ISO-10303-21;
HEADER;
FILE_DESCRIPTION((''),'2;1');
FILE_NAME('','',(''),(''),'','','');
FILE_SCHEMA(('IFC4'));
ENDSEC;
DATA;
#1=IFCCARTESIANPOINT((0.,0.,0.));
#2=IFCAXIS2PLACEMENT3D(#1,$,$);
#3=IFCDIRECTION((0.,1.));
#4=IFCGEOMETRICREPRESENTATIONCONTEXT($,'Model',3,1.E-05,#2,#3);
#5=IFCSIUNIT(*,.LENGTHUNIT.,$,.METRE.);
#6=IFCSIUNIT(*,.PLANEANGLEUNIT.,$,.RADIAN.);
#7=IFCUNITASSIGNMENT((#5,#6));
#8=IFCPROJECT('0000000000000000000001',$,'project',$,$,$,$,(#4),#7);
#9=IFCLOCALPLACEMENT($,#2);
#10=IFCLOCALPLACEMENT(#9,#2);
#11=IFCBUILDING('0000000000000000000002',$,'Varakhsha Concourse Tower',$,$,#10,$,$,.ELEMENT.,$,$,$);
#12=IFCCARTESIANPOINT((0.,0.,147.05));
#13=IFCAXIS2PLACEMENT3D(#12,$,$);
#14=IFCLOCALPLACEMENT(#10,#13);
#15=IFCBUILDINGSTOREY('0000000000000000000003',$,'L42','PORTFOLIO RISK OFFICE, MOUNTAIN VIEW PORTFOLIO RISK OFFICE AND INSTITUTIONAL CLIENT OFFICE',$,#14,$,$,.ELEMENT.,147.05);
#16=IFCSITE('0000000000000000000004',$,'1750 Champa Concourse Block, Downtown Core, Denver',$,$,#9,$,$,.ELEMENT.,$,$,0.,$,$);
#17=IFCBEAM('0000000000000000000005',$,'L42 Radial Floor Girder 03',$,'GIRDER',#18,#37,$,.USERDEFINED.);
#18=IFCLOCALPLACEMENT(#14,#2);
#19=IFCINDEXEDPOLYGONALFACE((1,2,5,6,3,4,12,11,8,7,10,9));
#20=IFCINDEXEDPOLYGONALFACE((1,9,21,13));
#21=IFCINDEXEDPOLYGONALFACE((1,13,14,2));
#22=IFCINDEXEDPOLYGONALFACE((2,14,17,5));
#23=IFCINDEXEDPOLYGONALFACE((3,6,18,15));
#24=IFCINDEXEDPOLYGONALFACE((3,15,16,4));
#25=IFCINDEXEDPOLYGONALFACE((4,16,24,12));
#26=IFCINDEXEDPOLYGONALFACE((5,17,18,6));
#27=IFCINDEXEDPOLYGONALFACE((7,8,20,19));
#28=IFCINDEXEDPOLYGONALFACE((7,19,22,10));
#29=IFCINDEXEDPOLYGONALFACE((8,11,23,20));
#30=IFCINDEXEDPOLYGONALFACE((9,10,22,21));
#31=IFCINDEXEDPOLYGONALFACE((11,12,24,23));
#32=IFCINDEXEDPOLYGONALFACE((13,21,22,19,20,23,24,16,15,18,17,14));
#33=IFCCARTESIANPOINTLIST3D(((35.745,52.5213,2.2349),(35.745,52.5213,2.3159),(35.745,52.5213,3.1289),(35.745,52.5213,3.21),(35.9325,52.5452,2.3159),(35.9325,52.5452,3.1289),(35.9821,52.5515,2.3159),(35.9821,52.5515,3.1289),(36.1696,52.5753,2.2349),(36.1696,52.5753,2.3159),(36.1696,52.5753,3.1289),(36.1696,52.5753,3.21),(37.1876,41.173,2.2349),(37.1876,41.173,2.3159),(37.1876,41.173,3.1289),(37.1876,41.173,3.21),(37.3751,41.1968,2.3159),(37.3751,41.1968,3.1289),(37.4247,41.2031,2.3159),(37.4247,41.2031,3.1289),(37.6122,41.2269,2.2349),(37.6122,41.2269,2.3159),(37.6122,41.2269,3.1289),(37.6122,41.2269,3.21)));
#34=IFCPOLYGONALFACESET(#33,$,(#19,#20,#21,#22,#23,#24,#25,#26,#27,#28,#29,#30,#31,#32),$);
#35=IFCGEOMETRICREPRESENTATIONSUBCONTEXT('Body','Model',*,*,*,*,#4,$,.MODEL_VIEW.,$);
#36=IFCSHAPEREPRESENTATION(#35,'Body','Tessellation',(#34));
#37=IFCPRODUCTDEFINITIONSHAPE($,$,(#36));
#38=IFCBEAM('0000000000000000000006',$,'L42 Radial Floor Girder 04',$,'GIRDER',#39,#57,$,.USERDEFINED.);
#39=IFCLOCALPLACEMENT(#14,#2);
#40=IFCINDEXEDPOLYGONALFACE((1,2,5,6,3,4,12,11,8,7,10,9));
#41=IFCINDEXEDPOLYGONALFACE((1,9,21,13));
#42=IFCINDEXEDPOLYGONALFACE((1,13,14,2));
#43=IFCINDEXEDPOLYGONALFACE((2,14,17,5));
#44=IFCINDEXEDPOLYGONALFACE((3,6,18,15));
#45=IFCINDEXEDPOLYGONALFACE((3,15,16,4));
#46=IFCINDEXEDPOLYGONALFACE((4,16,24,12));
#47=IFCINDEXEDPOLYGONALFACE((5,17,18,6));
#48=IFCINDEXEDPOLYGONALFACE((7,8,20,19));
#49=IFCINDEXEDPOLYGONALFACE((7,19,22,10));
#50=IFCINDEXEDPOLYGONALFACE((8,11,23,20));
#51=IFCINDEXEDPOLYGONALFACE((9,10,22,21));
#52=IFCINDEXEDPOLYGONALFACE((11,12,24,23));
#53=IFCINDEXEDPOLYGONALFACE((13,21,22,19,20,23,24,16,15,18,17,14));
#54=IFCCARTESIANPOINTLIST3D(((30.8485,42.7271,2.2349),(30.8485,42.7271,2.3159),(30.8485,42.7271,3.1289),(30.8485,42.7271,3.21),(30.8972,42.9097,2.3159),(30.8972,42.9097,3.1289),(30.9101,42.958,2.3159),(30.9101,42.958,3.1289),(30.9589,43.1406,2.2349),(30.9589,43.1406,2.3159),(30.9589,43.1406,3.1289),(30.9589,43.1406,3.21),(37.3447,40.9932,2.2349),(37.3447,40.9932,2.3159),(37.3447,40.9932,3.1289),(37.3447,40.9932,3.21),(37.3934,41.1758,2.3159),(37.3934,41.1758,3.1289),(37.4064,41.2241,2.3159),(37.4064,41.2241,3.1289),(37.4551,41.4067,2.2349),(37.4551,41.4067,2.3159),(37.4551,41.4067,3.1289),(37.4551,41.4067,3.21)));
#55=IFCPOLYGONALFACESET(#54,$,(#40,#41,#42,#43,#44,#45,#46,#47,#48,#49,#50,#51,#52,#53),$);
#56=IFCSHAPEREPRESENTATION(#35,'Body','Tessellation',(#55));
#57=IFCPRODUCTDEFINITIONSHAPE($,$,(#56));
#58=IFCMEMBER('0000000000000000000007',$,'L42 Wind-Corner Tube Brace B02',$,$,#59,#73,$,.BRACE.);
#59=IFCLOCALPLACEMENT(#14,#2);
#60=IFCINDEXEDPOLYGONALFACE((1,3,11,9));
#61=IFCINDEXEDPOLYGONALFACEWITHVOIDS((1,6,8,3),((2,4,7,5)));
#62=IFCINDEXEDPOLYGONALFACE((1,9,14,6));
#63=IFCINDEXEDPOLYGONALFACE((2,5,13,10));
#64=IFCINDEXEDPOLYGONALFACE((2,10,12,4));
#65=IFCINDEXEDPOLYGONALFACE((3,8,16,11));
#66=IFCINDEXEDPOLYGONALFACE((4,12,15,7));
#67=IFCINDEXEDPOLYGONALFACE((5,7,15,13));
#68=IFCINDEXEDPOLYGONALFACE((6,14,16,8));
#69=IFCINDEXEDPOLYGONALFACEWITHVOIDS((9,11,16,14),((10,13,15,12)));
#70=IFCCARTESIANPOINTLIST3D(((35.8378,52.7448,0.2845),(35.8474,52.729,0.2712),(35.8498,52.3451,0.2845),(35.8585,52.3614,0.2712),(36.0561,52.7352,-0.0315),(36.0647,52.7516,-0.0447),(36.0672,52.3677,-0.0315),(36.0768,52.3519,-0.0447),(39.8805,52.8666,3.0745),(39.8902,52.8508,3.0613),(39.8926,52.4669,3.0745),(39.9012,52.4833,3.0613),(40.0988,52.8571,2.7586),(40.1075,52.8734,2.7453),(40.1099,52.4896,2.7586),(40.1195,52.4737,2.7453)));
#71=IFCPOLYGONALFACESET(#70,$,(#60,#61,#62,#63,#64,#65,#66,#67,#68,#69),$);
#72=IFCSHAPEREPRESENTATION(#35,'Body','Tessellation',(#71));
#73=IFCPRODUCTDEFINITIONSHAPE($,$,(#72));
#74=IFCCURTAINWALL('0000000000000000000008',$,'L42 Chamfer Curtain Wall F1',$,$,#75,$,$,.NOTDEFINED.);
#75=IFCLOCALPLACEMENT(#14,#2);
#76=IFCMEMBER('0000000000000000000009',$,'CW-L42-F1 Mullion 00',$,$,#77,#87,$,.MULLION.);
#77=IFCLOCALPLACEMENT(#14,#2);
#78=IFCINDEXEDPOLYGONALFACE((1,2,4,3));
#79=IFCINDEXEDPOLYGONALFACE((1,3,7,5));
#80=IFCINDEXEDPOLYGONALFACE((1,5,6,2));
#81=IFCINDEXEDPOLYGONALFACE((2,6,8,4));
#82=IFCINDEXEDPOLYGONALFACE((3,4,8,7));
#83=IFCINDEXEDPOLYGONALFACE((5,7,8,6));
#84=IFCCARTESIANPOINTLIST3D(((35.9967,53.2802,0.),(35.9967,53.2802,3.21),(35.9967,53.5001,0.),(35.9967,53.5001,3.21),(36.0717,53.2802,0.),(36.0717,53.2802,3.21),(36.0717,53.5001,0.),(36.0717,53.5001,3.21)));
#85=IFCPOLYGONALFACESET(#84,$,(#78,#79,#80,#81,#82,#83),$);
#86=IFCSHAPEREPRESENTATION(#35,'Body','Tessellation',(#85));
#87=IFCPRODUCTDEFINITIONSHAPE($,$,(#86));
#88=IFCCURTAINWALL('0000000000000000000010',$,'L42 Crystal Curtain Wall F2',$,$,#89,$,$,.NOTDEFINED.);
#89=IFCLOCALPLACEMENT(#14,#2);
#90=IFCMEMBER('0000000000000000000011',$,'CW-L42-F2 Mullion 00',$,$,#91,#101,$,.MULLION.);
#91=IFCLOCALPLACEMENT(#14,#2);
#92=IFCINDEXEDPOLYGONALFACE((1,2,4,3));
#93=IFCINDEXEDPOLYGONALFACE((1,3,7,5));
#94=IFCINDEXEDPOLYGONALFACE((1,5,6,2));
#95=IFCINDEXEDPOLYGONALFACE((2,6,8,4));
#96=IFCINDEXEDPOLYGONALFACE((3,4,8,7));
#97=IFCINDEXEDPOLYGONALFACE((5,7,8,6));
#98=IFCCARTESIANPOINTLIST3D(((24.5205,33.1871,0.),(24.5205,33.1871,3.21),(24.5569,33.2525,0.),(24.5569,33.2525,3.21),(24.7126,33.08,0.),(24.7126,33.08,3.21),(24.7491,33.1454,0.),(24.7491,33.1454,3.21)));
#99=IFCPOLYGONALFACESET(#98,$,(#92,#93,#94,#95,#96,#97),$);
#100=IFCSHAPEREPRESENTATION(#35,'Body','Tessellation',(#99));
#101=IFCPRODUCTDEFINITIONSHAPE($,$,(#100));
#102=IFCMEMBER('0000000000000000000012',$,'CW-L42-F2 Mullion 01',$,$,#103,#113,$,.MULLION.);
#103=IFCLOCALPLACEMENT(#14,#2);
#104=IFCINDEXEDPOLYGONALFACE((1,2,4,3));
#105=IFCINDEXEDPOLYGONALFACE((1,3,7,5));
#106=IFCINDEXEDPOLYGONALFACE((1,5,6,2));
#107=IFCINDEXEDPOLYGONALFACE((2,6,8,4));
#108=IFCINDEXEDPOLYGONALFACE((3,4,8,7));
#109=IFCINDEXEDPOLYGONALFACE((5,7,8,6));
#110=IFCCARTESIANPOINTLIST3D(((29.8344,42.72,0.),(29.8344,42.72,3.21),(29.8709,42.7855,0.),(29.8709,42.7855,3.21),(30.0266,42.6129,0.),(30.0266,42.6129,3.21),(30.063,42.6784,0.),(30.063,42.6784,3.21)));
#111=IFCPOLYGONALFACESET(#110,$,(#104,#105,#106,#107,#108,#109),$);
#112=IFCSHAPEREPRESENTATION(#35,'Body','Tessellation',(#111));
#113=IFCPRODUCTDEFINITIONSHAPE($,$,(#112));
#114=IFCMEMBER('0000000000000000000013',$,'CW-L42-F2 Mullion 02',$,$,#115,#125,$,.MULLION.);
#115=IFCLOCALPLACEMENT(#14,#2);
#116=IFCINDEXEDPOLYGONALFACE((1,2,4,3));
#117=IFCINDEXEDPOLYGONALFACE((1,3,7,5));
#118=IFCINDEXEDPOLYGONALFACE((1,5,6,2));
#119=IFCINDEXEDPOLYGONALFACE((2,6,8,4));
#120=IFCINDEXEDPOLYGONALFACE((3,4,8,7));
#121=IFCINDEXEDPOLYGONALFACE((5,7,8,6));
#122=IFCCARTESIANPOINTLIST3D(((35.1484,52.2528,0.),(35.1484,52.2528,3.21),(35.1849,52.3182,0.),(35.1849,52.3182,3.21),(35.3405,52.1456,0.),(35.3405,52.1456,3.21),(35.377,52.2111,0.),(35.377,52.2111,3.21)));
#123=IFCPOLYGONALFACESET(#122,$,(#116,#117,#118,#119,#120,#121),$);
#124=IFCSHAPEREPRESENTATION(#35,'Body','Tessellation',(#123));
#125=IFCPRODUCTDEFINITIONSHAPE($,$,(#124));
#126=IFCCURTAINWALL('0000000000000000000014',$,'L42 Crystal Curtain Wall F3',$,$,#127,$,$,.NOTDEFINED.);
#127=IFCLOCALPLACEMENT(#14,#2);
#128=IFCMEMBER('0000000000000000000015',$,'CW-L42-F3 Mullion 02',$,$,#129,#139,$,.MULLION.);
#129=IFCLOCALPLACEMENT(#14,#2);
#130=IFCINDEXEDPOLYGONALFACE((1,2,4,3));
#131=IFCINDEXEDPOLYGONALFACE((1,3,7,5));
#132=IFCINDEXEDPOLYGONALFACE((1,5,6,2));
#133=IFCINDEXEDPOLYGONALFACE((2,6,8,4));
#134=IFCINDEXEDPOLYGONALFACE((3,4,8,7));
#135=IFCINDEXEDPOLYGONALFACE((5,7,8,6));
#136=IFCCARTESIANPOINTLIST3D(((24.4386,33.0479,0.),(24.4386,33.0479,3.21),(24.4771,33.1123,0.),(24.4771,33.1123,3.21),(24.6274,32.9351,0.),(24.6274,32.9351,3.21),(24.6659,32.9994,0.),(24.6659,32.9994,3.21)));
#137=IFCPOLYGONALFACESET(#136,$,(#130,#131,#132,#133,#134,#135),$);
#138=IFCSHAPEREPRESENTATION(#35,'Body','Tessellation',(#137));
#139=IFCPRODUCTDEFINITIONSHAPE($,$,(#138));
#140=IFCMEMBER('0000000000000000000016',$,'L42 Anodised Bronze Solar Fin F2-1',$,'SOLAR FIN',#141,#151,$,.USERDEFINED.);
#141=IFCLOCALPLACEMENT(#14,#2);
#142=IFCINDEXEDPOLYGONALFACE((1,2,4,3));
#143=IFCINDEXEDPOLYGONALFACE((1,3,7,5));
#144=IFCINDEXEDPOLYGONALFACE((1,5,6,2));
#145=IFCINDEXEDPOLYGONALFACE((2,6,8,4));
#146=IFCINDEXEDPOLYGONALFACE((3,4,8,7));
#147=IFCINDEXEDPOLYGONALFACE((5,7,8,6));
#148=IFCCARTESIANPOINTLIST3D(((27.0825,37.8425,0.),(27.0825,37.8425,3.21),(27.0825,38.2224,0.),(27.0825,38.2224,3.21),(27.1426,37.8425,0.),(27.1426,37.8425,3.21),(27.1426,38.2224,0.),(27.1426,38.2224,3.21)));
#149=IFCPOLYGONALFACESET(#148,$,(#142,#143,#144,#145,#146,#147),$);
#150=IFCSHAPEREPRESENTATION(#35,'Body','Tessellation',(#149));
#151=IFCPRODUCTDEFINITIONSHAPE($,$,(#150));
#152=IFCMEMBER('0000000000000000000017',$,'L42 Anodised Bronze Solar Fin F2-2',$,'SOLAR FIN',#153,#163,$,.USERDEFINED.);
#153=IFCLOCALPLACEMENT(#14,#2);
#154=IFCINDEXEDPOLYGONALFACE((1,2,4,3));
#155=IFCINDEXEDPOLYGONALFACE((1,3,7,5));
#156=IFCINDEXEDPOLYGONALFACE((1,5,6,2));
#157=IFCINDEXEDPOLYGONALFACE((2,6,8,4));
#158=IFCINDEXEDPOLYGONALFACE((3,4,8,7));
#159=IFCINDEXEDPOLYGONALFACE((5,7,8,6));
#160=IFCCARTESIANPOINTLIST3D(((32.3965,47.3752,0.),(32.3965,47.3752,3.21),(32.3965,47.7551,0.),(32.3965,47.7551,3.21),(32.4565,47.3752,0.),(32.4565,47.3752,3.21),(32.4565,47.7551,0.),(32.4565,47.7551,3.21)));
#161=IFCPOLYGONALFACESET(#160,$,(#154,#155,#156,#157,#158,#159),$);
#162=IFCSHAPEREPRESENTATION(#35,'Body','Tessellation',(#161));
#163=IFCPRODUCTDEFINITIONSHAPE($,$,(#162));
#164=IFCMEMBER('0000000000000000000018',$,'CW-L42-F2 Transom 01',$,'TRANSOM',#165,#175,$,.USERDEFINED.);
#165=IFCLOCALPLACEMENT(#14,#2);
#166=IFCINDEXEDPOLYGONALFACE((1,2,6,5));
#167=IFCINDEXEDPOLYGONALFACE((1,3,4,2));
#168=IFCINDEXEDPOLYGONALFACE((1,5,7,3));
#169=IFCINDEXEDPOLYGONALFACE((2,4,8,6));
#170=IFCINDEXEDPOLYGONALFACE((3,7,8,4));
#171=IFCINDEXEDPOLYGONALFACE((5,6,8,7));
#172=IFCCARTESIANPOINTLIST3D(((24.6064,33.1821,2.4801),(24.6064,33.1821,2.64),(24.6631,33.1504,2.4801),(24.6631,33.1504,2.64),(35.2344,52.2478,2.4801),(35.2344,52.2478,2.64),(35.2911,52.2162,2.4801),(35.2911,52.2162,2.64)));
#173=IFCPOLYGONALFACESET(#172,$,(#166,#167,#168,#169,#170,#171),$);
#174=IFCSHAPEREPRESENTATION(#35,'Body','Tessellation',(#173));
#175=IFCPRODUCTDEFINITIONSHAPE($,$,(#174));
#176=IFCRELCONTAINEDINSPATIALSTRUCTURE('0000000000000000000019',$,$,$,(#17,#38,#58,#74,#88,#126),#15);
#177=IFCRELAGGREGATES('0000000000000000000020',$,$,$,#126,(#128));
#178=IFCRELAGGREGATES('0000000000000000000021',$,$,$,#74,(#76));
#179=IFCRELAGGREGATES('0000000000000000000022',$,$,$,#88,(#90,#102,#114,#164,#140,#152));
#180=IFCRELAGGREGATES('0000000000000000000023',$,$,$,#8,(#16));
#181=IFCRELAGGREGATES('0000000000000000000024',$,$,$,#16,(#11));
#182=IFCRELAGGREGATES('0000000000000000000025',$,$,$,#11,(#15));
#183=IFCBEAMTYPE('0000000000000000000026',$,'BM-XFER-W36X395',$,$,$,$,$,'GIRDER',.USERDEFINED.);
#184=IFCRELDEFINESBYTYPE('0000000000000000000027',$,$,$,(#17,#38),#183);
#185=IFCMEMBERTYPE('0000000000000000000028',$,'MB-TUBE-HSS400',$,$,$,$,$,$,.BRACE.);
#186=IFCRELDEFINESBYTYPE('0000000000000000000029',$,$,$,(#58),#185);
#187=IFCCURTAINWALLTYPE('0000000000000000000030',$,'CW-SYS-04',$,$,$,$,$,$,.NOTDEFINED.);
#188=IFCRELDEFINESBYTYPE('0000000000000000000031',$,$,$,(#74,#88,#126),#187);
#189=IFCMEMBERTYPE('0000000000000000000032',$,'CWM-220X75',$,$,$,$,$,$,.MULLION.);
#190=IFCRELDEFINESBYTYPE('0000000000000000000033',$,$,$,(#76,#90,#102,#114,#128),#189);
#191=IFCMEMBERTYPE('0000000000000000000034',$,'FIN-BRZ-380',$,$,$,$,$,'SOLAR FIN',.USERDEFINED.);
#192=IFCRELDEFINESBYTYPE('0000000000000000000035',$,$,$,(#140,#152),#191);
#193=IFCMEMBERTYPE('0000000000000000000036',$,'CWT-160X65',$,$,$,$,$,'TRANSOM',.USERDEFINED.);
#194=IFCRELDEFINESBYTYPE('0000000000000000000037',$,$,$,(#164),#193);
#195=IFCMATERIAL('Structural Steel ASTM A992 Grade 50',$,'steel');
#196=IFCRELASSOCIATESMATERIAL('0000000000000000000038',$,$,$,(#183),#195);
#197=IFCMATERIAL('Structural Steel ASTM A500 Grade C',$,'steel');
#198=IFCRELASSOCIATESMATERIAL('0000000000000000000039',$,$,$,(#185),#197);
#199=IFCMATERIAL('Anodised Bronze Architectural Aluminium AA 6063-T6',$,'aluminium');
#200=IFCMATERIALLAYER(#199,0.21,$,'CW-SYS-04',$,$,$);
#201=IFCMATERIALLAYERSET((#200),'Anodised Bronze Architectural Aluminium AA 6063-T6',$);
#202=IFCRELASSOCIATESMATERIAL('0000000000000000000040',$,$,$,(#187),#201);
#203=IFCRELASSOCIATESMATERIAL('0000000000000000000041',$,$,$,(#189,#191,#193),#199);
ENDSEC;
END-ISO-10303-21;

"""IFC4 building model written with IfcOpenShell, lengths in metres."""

from ifc_helpers import new_model, si_unit, direction, frame, origin, origin_2d, place, context, subcontext, project, spatial, rectangle, hollow_rectangle, i_section, extrude, source, transform, mapped, material, layer, layer_set, material_profile, profile_set, type_object, type_shapes, element, aggregate, save


model = new_model("IFC4")

# Units and contexts
model_context = context("Model", 3, precision=1e-05, world=origin(), true_north=direction((0.0, 1.0)))
body_context = subcontext(model_context, "Body", "Model", "MODEL_VIEW")
ifc_project = project(units=[si_unit("LENGTHUNIT", "METRE"), si_unit("PLANEANGLEUNIT", "RADIAN")], contexts=[model_context])

# Site, building, storey
site_placement = place(None, origin())
site = spatial("IfcSite", under=ifc_project, at=site_placement, Name="1750 Champa Concourse Block, Downtown Core, Denver", CompositionType="ELEMENT", RefElevation=0.0)
building_placement = place(site_placement, origin())
building = spatial("IfcBuilding", under=site, at=building_placement, Name="Varakhsha Concourse Tower", CompositionType="ELEMENT")
storey_placement = place(building_placement, frame((0.0, 0.0, 147.05)))
storey = spatial("IfcBuildingStorey", under=building, at=storey_placement, Name="L42", Description="PORTFOLIO RISK OFFICE, MOUNTAIN VIEW PORTFOLIO RISK OFFICE AND INSTITUTIONAL CLIENT OFFICE", CompositionType="ELEMENT", Elevation=147.05)

# Shared definitions
ifc_material_1 = material(Name="Structural Steel ASTM A992 Grade 50", Category="steel")

# Beams
ifc_material_profile_1 = material_profile(ifc_material_1, i_section(OverallWidth=0.428, OverallDepth=0.9751, WebThickness=0.05, FlangeThickness=0.0811, at=origin_2d()), Name="W36X395")
ifc_profile_set_1 = profile_set([ifc_material_profile_1], Name="Structural Steel ASTM A992 Grade 50")
beam_type_1 = type_object("IfcBeamType", Name="BM-XFER-W36X395", ElementType="GIRDER", PredefinedType="USERDEFINED", material=ifc_profile_set_1)
beam_1_placement = place(storey_placement, frame((37.3999, 41.2, 2.7224), z_axis=(-0.126107, 0.992017, 0.0), x_axis=(-0.992017, -0.126107, 0.0)))
element("IfcBeam", 1, at=beam_1_placement, inside=storey, type_object=beam_type_1, Name="L42 Radial Floor Girder 03", ObjectType="GIRDER", PredefinedType="USERDEFINED", context=body_context, shape_type="SweptSolid", body=[
    extrude(i_section(OverallWidth=0.428, OverallDepth=0.9751, WebThickness=0.05, FlangeThickness=0.0811, at=origin_2d()), origin(), (0.0, 0.0, 1.0), 11.4397),
])
beam_2_placement = place(storey_placement, frame((37.3999, 41.2, 2.7224), z_axis=(-0.966176, 0.257884, 0.0), x_axis=(-0.257884, -0.966176, 0.0)))
element("IfcBeam", 2, at=beam_2_placement, inside=storey, type_object=beam_type_1, Name="L42 Radial Floor Girder 04", ObjectType="GIRDER", PredefinedType="USERDEFINED", context=body_context, shape_type="SweptSolid", body=[
    extrude(i_section(OverallWidth=0.428, OverallDepth=0.9751, WebThickness=0.05, FlangeThickness=0.0811, at=origin_2d()), origin(), (0.0, 0.0, 1.0), 6.7236),
])

# Member
ifc_material_2 = material(Name="Structural Steel ASTM A500 Grade C", Category="steel")
ifc_material_profile_2 = material_profile(ifc_material_2, hollow_rectangle(XDim=0.3999, YDim=0.3999, WallThickness=0.0161, at=origin_2d()), Name="HSS 400x400x16")
ifc_profile_set_2 = profile_set([ifc_material_profile_2], Name="Structural Steel ASTM A500 Grade C")
member_type_1 = type_object("IfcMemberType", Name="MB-TUBE-HSS400", PredefinedType="BRACE", material=ifc_profile_set_2)
shared_shape_1 = source(origin(), body_context, "Body", "SweptSolid", [
    extrude(hollow_rectangle(XDim=0.3999, YDim=0.3999, WallThickness=0.0161, at=origin_2d()), origin(), (0.0, 0.0, 1.0), 4.9136),
])
type_shapes(member_type_1, [shared_shape_1])
member_1_placement = place(storey_placement, frame((35.9573, 52.5483, 0.1199), z_axis=(0.822774, 0.024794, 0.567828), x_axis=(-0.030121, 0.999546, 0.0)))
element("IfcMember", 3, at=member_1_placement, inside=storey, type_object=member_type_1, Name="L42 Wind-Corner Tube Brace B02", PredefinedType="BRACE", context=body_context, shape_type="MappedRepresentation", body=[
    mapped(shared_shape_1, transform((0.0, 0.0, 0.0), scale=1.0)),
])

# Curtain wall, member
ifc_material_3 = material(Name="Anodised Bronze Architectural Aluminium AA 6063-T6", Category="aluminium")
ifc_layer_1 = layer(ifc_material_3, 0.21, Name="CW-SYS-04")
ifc_layer_set_1 = layer_set([ifc_layer_1], Name="Anodised Bronze Architectural Aluminium AA 6063-T6")
curtain_wall_type = type_object("IfcCurtainWallType", Name="CW-SYS-04", PredefinedType="NOTDEFINED", material=ifc_layer_set_1)
curtain_wall_1_placement = place(storey_placement, origin())
curtain_wall_1 = element("IfcCurtainWall", 4, at=curtain_wall_1_placement, inside=storey, type_object=curtain_wall_type, Name="L42 Chamfer Curtain Wall F1", PredefinedType="NOTDEFINED")
ifc_material_profile_3 = material_profile(ifc_material_3, rectangle(XDim=0.075, YDim=0.22, at=origin_2d()), Name="CWM-220X75")
ifc_profile_set_3 = profile_set([ifc_material_profile_3], Name="Anodised Bronze Architectural Aluminium AA 6063-T6")
member_type_2 = type_object("IfcMemberType", Name="CWM-220X75", PredefinedType="MULLION", material=ifc_profile_set_3)
shared_shape_2 = source(origin(), body_context, "Body", "SweptSolid", [
    extrude(rectangle(XDim=0.075, YDim=0.22, at=origin_2d()), origin(), (0.0, 0.0, 1.0), 3.21),
])
type_shapes(member_type_2, [shared_shape_2])
member_2_placement = place(storey_placement, frame((36.0342, 53.3901, 0.0), z_axis=(0.0, 0.0, 1.0), x_axis=(1.0, 0.0, 0.0)))
member_2 = element("IfcMember", 5, at=member_2_placement, type_object=member_type_2, Name="CW-L42-F1 Mullion 00", PredefinedType="MULLION", context=body_context, shape_type="MappedRepresentation", body=[
    mapped(shared_shape_2, transform((0.0, 0.0, 0.0), scale=1.0)),
])

# Curtain wall, members
curtain_wall_2_placement = place(storey_placement, origin())
curtain_wall_2 = element("IfcCurtainWall", 6, at=curtain_wall_2_placement, inside=storey, type_object=curtain_wall_type, Name="L42 Crystal Curtain Wall F2", PredefinedType="NOTDEFINED")
member_3_placement = place(storey_placement, frame((24.6348, 33.1663, 0.0), z_axis=(0.0, 0.0, 1.0), x_axis=(0.4869, 0.873458, 0.0)))
member_3 = element("IfcMember", 7, at=member_3_placement, type_object=member_type_2, Name="CW-L42-F2 Mullion 00", PredefinedType="MULLION", context=body_context, shape_type="MappedRepresentation", body=[
    mapped(shared_shape_2, transform((0.0, 0.0, 0.0), scale=1.0)),
])
member_4_placement = place(storey_placement, frame((29.9487, 42.6992, 0.0), z_axis=(0.0, 0.0, 1.0), x_axis=(0.4869, 0.873458, 0.0)))
member_4 = element("IfcMember", 8, at=member_4_placement, type_object=member_type_2, Name="CW-L42-F2 Mullion 01", PredefinedType="MULLION", context=body_context, shape_type="MappedRepresentation", body=[
    mapped(shared_shape_2, transform((0.0, 0.0, 0.0), scale=1.0)),
])
member_5_placement = place(storey_placement, frame((35.2627, 52.2319, 0.0), z_axis=(0.0, 0.0, 1.0), x_axis=(0.4869, 0.873458, 0.0)))
member_5 = element("IfcMember", 9, at=member_5_placement, type_object=member_type_2, Name="CW-L42-F2 Mullion 02", PredefinedType="MULLION", context=body_context, shape_type="MappedRepresentation", body=[
    mapped(shared_shape_2, transform((0.0, 0.0, 0.0), scale=1.0)),
])

# Curtain wall, member
curtain_wall_3_placement = place(storey_placement, origin())
curtain_wall_3 = element("IfcCurtainWall", 10, at=curtain_wall_3_placement, inside=storey, type_object=curtain_wall_type, Name="L42 Crystal Curtain Wall F3", PredefinedType="NOTDEFINED")
member_6_placement = place(storey_placement, frame((24.5522, 33.0237, 0.0), z_axis=(0.0, 0.0, 1.0), x_axis=(0.512984, 0.858398, 0.0)))
member_6 = element("IfcMember", 11, at=member_6_placement, type_object=member_type_2, Name="CW-L42-F3 Mullion 02", PredefinedType="MULLION", context=body_context, shape_type="MappedRepresentation", body=[
    mapped(shared_shape_2, transform((0.0, 0.0, 0.0), scale=1.0)),
])
aggregate(curtain_wall_3, [member_6])

# Members
ifc_material_profile_4 = material_profile(ifc_material_3, rectangle(XDim=0.0601, YDim=0.3799, at=origin_2d()), Name="FIN-BRZ-380")
ifc_profile_set_4 = profile_set([ifc_material_profile_4], Name="Anodised Bronze Architectural Aluminium AA 6063-T6")
member_type_3 = type_object("IfcMemberType", Name="FIN-BRZ-380", ElementType="SOLAR FIN", PredefinedType="USERDEFINED", material=ifc_profile_set_4)
shared_shape_3 = source(origin(), body_context, "Body", "SweptSolid", [
    extrude(rectangle(XDim=0.0601, YDim=0.3799, at=origin_2d()), origin(), (0.0, 0.0, 1.0), 3.21),
])
type_shapes(member_type_3, [shared_shape_3])
member_7_placement = place(storey_placement, frame((27.1125, 38.0325, 0.0), z_axis=(0.0, 0.0, 1.0), x_axis=(1.0, 0.0, 0.0)))
member_7 = element("IfcMember", 12, at=member_7_placement, type_object=member_type_3, Name="L42 Anodised Bronze Solar Fin F2-1", ObjectType="SOLAR FIN", PredefinedType="USERDEFINED", context=body_context, shape_type="MappedRepresentation", body=[
    mapped(shared_shape_3, transform((0.0, 0.0, 0.0), scale=1.0)),
])
member_8_placement = place(storey_placement, frame((32.4265, 47.5652, 0.0), z_axis=(0.0, 0.0, 1.0), x_axis=(1.0, 0.0, 0.0)))
member_8 = element("IfcMember", 13, at=member_8_placement, type_object=member_type_3, Name="L42 Anodised Bronze Solar Fin F2-2", ObjectType="SOLAR FIN", PredefinedType="USERDEFINED", context=body_context, shape_type="MappedRepresentation", body=[
    mapped(shared_shape_3, transform((0.0, 0.0, 0.0), scale=1.0)),
])
ifc_material_profile_5 = material_profile(ifc_material_3, rectangle(XDim=0.0649, YDim=0.1599, at=origin_2d()), Name="CWT-160X65")
ifc_profile_set_5 = profile_set([ifc_material_profile_5], Name="Anodised Bronze Architectural Aluminium AA 6063-T6")
member_type_4 = type_object("IfcMemberType", Name="CWT-160X65", ElementType="TRANSOM", PredefinedType="USERDEFINED", material=ifc_profile_set_5)
shared_shape_4 = source(origin(), body_context, "Body", "SweptSolid", [
    extrude(rectangle(XDim=0.0649, YDim=0.1599, at=origin_2d()), origin(), (0.0, 0.0, 1.0), 21.8279),
])
member_9_placement = place(storey_placement, frame((24.6348, 33.1663, 2.5601), z_axis=(0.486899, 0.873458, 0.0), x_axis=(-0.873458, 0.486899, 0.0)))
member_9 = element("IfcMember", 14, at=member_9_placement, type_object=member_type_4, Name="CW-L42-F2 Transom 01", ObjectType="TRANSOM", PredefinedType="USERDEFINED", context=body_context, shape_type="MappedRepresentation", body=[
    mapped(shared_shape_4, transform((0.0, 0.0, 0.0), scale=1.0)),
])
aggregate(curtain_wall_1, [member_2])

aggregate(curtain_wall_2, [member_3, member_4, member_5, member_9, member_7, member_8])

save(model, "model.ifc")
